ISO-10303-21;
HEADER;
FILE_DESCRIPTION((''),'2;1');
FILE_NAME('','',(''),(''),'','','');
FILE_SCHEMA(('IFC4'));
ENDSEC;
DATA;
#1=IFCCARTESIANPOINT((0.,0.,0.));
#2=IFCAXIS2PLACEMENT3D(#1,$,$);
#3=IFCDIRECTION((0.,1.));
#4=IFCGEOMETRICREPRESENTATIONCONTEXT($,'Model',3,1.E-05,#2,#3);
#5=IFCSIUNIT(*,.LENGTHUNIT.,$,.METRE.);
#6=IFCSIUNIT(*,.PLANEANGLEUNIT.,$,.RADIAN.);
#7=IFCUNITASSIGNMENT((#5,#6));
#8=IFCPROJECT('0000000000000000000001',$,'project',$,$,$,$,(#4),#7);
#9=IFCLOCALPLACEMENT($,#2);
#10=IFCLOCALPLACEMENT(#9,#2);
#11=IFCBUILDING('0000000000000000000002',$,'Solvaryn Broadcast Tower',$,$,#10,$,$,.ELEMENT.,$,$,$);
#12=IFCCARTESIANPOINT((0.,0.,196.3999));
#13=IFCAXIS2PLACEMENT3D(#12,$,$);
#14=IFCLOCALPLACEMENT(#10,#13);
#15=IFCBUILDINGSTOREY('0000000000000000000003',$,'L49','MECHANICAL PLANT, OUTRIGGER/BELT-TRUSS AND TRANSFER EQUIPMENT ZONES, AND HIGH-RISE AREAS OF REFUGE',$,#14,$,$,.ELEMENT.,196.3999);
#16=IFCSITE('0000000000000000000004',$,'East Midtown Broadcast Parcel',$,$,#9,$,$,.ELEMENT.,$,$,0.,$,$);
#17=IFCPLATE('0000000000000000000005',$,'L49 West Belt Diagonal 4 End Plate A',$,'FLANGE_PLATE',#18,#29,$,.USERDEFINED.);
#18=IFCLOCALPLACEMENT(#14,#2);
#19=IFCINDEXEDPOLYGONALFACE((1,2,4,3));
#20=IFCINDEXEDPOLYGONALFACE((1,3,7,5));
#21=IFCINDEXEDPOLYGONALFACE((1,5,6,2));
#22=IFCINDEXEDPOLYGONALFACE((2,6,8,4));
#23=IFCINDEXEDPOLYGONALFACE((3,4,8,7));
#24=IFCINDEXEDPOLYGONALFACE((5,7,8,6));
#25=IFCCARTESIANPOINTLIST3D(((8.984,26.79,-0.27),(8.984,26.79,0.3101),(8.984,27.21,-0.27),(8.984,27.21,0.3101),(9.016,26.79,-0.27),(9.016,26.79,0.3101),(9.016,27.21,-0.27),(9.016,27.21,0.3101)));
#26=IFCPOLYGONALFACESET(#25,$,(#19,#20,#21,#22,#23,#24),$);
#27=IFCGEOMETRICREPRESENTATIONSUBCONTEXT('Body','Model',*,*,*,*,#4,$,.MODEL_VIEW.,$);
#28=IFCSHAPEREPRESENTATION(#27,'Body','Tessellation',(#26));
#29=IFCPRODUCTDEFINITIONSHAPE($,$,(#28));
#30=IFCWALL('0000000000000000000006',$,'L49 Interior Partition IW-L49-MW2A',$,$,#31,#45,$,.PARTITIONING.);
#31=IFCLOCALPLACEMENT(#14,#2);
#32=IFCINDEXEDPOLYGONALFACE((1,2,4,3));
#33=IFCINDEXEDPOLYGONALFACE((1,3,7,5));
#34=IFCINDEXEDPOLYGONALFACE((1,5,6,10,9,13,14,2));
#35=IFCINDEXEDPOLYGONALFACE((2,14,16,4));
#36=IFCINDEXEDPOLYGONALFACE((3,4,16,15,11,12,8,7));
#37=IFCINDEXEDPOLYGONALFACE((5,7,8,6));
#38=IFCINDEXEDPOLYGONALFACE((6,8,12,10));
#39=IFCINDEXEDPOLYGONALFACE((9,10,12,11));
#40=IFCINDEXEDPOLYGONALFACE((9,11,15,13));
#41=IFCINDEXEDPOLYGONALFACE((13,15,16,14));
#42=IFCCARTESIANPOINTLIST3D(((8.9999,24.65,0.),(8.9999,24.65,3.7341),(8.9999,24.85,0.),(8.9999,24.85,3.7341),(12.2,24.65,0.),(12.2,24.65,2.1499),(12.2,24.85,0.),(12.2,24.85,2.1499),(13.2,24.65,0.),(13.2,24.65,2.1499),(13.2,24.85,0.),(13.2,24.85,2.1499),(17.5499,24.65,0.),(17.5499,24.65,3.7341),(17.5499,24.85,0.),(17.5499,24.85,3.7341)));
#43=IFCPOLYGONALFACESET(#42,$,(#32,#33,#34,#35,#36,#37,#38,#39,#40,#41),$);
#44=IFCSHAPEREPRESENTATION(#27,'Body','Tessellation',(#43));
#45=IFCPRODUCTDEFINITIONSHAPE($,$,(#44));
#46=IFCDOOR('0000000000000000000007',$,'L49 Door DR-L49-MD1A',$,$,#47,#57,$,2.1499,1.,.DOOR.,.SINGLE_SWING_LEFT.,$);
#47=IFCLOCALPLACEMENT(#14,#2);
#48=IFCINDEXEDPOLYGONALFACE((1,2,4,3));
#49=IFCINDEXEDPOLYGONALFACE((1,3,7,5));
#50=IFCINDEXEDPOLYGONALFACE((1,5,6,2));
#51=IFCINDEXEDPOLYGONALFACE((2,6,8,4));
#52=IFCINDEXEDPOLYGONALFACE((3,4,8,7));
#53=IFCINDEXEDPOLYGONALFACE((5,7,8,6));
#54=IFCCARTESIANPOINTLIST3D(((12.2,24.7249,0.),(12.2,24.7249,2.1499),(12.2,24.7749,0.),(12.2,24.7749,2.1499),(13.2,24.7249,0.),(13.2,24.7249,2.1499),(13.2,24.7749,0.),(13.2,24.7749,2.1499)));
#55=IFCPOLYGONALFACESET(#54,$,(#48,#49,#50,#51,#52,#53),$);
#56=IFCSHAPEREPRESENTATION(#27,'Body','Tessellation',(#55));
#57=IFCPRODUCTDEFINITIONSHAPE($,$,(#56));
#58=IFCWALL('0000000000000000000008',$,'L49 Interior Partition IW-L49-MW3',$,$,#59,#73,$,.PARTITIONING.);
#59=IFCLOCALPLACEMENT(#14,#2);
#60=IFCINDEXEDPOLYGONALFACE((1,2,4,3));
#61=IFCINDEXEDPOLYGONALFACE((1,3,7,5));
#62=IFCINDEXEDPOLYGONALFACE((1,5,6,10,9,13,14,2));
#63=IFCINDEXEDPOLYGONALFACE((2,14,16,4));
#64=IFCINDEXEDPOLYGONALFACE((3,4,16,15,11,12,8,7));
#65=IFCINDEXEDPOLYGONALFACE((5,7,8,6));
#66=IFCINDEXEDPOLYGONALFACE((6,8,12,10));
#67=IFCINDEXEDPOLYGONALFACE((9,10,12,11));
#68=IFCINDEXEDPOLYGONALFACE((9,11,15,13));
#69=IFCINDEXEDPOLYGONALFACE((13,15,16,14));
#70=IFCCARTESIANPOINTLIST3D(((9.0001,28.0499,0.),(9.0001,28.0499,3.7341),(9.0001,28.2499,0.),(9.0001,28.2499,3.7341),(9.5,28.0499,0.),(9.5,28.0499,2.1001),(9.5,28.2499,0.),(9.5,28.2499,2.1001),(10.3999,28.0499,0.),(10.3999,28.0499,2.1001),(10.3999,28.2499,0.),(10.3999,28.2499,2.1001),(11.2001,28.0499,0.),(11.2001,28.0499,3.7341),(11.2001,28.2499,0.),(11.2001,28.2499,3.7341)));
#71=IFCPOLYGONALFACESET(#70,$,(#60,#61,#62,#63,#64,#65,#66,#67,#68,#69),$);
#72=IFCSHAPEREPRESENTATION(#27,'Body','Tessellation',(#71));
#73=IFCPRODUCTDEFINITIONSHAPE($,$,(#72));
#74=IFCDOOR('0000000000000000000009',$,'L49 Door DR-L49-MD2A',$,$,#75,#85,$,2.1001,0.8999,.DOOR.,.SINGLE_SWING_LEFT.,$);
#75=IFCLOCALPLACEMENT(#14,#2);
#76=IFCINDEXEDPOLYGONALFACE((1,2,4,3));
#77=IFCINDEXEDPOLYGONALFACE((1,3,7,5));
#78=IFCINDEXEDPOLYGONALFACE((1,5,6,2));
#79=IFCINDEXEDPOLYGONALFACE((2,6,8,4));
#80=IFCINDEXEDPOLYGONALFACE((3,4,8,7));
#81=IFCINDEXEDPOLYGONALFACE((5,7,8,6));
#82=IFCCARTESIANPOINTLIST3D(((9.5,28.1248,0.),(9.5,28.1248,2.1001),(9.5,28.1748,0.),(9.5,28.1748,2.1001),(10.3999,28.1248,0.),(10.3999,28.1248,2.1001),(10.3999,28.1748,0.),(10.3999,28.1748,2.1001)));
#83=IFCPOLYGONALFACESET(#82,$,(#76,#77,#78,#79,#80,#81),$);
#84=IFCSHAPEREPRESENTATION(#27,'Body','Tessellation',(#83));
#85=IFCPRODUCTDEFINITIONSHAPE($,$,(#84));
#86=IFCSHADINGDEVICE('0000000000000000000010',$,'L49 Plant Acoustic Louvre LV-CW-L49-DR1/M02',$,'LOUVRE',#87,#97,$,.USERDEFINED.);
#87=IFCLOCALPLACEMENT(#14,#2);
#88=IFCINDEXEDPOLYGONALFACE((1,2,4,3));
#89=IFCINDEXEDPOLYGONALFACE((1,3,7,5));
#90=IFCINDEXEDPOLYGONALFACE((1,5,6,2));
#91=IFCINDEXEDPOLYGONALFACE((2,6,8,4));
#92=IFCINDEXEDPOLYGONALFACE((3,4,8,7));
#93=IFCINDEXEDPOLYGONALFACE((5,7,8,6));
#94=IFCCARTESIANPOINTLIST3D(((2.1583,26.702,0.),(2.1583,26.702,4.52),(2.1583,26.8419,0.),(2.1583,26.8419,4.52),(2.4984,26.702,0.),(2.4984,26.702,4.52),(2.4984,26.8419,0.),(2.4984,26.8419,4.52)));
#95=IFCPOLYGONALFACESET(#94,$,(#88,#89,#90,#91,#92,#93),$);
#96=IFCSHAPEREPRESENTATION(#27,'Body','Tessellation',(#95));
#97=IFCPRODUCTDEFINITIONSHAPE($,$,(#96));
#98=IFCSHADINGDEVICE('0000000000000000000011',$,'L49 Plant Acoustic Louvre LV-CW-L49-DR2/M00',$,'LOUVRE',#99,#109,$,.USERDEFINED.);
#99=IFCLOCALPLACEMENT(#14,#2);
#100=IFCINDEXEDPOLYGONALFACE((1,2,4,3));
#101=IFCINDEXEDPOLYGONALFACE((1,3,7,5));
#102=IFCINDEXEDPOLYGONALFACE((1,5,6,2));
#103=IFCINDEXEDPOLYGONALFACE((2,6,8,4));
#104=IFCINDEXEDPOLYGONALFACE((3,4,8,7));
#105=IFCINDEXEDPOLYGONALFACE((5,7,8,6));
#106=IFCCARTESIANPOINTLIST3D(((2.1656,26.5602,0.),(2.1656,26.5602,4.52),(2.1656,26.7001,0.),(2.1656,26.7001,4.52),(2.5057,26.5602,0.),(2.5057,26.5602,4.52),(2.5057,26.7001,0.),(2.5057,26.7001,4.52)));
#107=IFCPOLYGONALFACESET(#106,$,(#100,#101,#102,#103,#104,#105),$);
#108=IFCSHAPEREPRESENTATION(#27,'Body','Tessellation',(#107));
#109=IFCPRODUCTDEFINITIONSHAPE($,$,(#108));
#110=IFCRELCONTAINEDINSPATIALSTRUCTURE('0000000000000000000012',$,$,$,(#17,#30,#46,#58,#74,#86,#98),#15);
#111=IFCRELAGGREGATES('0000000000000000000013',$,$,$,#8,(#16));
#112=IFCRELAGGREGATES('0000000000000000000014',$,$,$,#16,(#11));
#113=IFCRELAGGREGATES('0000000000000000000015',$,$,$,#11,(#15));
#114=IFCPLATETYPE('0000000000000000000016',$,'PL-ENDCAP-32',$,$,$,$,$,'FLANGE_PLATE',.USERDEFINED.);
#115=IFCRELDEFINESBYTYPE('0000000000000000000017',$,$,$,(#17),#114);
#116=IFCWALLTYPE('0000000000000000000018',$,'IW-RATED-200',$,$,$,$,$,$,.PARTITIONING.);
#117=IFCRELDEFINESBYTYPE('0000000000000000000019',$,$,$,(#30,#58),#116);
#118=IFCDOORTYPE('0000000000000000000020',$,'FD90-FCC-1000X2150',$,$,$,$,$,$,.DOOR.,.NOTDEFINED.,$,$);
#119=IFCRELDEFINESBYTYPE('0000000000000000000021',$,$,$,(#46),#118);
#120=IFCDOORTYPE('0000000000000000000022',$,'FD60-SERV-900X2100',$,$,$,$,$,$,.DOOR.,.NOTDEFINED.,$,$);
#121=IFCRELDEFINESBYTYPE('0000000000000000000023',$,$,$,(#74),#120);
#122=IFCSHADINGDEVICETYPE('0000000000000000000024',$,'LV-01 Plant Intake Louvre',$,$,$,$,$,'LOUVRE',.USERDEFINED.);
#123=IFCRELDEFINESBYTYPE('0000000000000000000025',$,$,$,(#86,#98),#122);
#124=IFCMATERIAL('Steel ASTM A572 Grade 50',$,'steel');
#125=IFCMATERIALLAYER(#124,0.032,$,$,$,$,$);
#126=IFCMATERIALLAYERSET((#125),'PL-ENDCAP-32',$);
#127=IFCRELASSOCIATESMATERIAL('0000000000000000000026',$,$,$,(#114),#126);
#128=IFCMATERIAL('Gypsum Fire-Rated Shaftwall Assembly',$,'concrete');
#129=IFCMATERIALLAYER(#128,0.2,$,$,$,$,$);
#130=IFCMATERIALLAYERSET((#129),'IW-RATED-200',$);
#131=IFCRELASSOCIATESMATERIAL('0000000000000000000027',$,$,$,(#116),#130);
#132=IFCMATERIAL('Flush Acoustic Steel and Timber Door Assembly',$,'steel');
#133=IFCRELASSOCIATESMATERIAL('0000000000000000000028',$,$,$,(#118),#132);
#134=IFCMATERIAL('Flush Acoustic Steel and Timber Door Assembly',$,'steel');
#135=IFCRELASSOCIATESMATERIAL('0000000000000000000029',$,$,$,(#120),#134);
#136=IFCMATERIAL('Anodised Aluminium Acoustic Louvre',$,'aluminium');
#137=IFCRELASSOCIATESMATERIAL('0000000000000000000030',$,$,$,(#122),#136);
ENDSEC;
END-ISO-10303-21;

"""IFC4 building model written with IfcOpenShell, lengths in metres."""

from ifc_helpers import new_model, si_unit, direction, frame, frame_2d, origin, origin_2d, place, context, subcontext, project, spatial, rectangle, extrude, material, layer, layer_set, type_object, element, fill, save


model = new_model("IFC4")

# Units and contexts
model_context = context("Model", 3, precision=1e-05, world=origin(), true_north=direction((0.0, 1.0)))
body_context = subcontext(model_context, "Body", "Model", "MODEL_VIEW")
ifc_project = project(units=[si_unit("LENGTHUNIT", "METRE"), si_unit("PLANEANGLEUNIT", "RADIAN")], contexts=[model_context])

# Site, building, storey
site_placement = place(None, origin())
site = spatial("IfcSite", under=ifc_project, at=site_placement, Name="East Midtown Broadcast Parcel", CompositionType="ELEMENT", RefElevation=0.0)
building_placement = place(site_placement, origin())
building = spatial("IfcBuilding", under=site, at=building_placement, Name="Solvaryn Broadcast Tower", CompositionType="ELEMENT")
storey_placement = place(building_placement, frame((0.0, 0.0, 196.3999)))
storey = spatial("IfcBuildingStorey", under=building, at=storey_placement, Name="L49", Description="MECHANICAL PLANT, OUTRIGGER/BELT-TRUSS AND TRANSFER EQUIPMENT ZONES, AND HIGH-RISE AREAS OF REFUGE", CompositionType="ELEMENT", Elevation=196.3999)

# Plate
ifc_material_1 = material(Name="Steel ASTM A572 Grade 50", Category="steel")
ifc_layer_1 = layer(ifc_material_1, 0.032)
ifc_layer_set_1 = layer_set([ifc_layer_1], Name="PL-ENDCAP-32")
plate_type_1 = type_object("IfcPlateType", Name="PL-ENDCAP-32", ElementType="FLANGE_PLATE", PredefinedType="USERDEFINED", material=ifc_layer_set_1)
for number, where, z_axis, x_axis, name in (
    (1, (9.0, 27.0, -0.27), (0.0, 0.0, 1.0), (1.0, 0.0, 0.0), "L49 West Belt Diagonal 4 End Plate A"),
):
    element("IfcPlate", number, at=place(storey_placement, frame(where, z_axis=z_axis, x_axis=x_axis)), inside=storey, type_object=plate_type_1, Name=name, ObjectType="FLANGE_PLATE", PredefinedType="USERDEFINED", context=body_context, shape_type="SweptSolid", body=[
        extrude(rectangle(XDim=0.032, YDim=0.4199, at=origin_2d()), origin(), (0.0, 0.0, 1.0), 0.5801),
    ])

# Walls, openings, doors
ifc_material_2 = material(Name="Gypsum Fire-Rated Shaftwall Assembly", Category="concrete")
ifc_layer_2 = layer(ifc_material_2, 0.2)
ifc_layer_set_2 = layer_set([ifc_layer_2], Name="IW-RATED-200")
wall_type = type_object("IfcWallType", Name="IW-RATED-200", PredefinedType="PARTITIONING", material=ifc_layer_set_2)
wall_1_placement = place(storey_placement, frame((9.0, 24.75, 0.0), z_axis=(0.0, 0.0, 1.0), x_axis=(1.0, 0.0, 0.0)))
wall_1 = element("IfcWall", 2, at=wall_1_placement, inside=storey, type_object=wall_type, Name="L49 Interior Partition IW-L49-MW2A", PredefinedType="PARTITIONING", context=body_context, shape_type="SweptSolid", body=[
    extrude(rectangle(XDim=8.55, YDim=0.2, at=frame_2d((4.2749, 0.0))), origin(), (0.0, 0.0, 1.0), 3.7341),
])
opening_1_placement = place(wall_1_placement, frame((3.2, 0.0, 0.0)))
opening_1 = element("IfcOpeningElement", 3, at=opening_1_placement, cuts=wall_1, PredefinedType="OPENING", context=body_context, shape_type="SweptSolid", body=[
    extrude(rectangle(XDim=1.0, YDim=2.1499, at=frame_2d((0.5, 1.075))), frame((0.0, 0.1101, 0.0), z_axis=(0.0, -1.0, 0.0), x_axis=(1.0, 0.0, 0.0)), (0.0, 0.0, 1.0), 0.22),
])
ifc_material_3 = material(Name="Flush Acoustic Steel and Timber Door Assembly", Category="steel")
door_type_1 = type_object("IfcDoorType", Name="FD90-FCC-1000X2150", OperationType="NOTDEFINED", PredefinedType="DOOR", material=ifc_material_3)
door_1_placement = place(opening_1_placement, origin())
door_1 = element("IfcDoor", 4, at=door_1_placement, inside=storey, type_object=door_type_1, Name="L49 Door DR-L49-MD1A", OperationType="SINGLE_SWING_LEFT", OverallHeight=2.1499, OverallWidth=1.0, PredefinedType="DOOR", context=body_context, shape_type="SweptSolid", body=[
    extrude(rectangle(XDim=1.0, YDim=2.1499, at=frame_2d((0.5, 1.075))), frame((0.0, 0.0249, 0.0), z_axis=(0.0, -1.0, 0.0), x_axis=(1.0, 0.0, 0.0)), (0.0, 0.0, 1.0), 0.05),
])
fill(opening_1, door_1)
wall_2_placement = place(storey_placement, frame((9.0, 28.1499, 0.0), z_axis=(0.0, 0.0, 1.0), x_axis=(1.0, 0.0, 0.0)))
wall_2 = element("IfcWall", 5, at=wall_2_placement, inside=storey, type_object=wall_type, Name="L49 Interior Partition IW-L49-MW3", PredefinedType="PARTITIONING", context=body_context, shape_type="SweptSolid", body=[
    extrude(rectangle(XDim=2.2, YDim=0.2, at=frame_2d((1.1001, 0.0))), origin(), (0.0, 0.0, 1.0), 3.7341),
])
opening_2_placement = place(wall_2_placement, frame((0.5, 0.0, 0.0)))
opening_2 = element("IfcOpeningElement", 6, at=opening_2_placement, cuts=wall_2, PredefinedType="OPENING", context=body_context, shape_type="SweptSolid", body=[
    extrude(rectangle(XDim=0.8999, YDim=2.1001, at=frame_2d((0.45, 1.05))), frame((0.0, 0.1101, 0.0), z_axis=(0.0, -1.0, 0.0), x_axis=(1.0, 0.0, 0.0)), (0.0, 0.0, 1.0), 0.22),
])
ifc_material_4 = material(Name="Flush Acoustic Steel and Timber Door Assembly", Category="steel")
door_type_2 = type_object("IfcDoorType", Name="FD60-SERV-900X2100", OperationType="NOTDEFINED", PredefinedType="DOOR", material=ifc_material_4)
door_2_placement = place(opening_2_placement, origin())
door_2 = element("IfcDoor", 7, at=door_2_placement, inside=storey, type_object=door_type_2, Name="L49 Door DR-L49-MD2A", OperationType="SINGLE_SWING_LEFT", OverallHeight=2.1001, OverallWidth=0.8999, PredefinedType="DOOR", context=body_context, shape_type="SweptSolid", body=[
    extrude(rectangle(XDim=0.8999, YDim=2.1001, at=frame_2d((0.45, 1.05))), frame((0.0, 0.0249, 0.0), z_axis=(0.0, -1.0, 0.0), x_axis=(1.0, 0.0, 0.0)), (0.0, 0.0, 1.0), 0.05),
])
fill(opening_2, door_2)

# Shading devices
ifc_material_5 = material(Name="Anodised Aluminium Acoustic Louvre", Category="aluminium")
shading_device_type = type_object("IfcShadingDeviceType", Name="LV-01 Plant Intake Louvre", ElementType="LOUVRE", PredefinedType="USERDEFINED", material=ifc_material_5)
for number, where, z_axis, x_axis, name in (
    (8, (2.3284, 26.772, 0.0), (0.0, 0.0, 1.0), (1.0, 0.0, 0.0), "L49 Plant Acoustic Louvre LV-CW-L49-DR1/M02"),
    (9, (2.3357, 26.6301, 0.0), (0.0, 0.0, 1.0), (1.0, 0.0, 0.0), "L49 Plant Acoustic Louvre LV-CW-L49-DR2/M00"),
):
    element("IfcShadingDevice", number, at=place(storey_placement, frame(where, z_axis=z_axis, x_axis=x_axis)), inside=storey, type_object=shading_device_type, Name=name, ObjectType="LOUVRE", PredefinedType="USERDEFINED", context=body_context, shape_type="SweptSolid", body=[
        extrude(rectangle(XDim=0.3401, YDim=0.1399, at=origin_2d()), origin(), (0.0, 0.0, 1.0), 4.52),
    ])

save(model, "model.ifc")
